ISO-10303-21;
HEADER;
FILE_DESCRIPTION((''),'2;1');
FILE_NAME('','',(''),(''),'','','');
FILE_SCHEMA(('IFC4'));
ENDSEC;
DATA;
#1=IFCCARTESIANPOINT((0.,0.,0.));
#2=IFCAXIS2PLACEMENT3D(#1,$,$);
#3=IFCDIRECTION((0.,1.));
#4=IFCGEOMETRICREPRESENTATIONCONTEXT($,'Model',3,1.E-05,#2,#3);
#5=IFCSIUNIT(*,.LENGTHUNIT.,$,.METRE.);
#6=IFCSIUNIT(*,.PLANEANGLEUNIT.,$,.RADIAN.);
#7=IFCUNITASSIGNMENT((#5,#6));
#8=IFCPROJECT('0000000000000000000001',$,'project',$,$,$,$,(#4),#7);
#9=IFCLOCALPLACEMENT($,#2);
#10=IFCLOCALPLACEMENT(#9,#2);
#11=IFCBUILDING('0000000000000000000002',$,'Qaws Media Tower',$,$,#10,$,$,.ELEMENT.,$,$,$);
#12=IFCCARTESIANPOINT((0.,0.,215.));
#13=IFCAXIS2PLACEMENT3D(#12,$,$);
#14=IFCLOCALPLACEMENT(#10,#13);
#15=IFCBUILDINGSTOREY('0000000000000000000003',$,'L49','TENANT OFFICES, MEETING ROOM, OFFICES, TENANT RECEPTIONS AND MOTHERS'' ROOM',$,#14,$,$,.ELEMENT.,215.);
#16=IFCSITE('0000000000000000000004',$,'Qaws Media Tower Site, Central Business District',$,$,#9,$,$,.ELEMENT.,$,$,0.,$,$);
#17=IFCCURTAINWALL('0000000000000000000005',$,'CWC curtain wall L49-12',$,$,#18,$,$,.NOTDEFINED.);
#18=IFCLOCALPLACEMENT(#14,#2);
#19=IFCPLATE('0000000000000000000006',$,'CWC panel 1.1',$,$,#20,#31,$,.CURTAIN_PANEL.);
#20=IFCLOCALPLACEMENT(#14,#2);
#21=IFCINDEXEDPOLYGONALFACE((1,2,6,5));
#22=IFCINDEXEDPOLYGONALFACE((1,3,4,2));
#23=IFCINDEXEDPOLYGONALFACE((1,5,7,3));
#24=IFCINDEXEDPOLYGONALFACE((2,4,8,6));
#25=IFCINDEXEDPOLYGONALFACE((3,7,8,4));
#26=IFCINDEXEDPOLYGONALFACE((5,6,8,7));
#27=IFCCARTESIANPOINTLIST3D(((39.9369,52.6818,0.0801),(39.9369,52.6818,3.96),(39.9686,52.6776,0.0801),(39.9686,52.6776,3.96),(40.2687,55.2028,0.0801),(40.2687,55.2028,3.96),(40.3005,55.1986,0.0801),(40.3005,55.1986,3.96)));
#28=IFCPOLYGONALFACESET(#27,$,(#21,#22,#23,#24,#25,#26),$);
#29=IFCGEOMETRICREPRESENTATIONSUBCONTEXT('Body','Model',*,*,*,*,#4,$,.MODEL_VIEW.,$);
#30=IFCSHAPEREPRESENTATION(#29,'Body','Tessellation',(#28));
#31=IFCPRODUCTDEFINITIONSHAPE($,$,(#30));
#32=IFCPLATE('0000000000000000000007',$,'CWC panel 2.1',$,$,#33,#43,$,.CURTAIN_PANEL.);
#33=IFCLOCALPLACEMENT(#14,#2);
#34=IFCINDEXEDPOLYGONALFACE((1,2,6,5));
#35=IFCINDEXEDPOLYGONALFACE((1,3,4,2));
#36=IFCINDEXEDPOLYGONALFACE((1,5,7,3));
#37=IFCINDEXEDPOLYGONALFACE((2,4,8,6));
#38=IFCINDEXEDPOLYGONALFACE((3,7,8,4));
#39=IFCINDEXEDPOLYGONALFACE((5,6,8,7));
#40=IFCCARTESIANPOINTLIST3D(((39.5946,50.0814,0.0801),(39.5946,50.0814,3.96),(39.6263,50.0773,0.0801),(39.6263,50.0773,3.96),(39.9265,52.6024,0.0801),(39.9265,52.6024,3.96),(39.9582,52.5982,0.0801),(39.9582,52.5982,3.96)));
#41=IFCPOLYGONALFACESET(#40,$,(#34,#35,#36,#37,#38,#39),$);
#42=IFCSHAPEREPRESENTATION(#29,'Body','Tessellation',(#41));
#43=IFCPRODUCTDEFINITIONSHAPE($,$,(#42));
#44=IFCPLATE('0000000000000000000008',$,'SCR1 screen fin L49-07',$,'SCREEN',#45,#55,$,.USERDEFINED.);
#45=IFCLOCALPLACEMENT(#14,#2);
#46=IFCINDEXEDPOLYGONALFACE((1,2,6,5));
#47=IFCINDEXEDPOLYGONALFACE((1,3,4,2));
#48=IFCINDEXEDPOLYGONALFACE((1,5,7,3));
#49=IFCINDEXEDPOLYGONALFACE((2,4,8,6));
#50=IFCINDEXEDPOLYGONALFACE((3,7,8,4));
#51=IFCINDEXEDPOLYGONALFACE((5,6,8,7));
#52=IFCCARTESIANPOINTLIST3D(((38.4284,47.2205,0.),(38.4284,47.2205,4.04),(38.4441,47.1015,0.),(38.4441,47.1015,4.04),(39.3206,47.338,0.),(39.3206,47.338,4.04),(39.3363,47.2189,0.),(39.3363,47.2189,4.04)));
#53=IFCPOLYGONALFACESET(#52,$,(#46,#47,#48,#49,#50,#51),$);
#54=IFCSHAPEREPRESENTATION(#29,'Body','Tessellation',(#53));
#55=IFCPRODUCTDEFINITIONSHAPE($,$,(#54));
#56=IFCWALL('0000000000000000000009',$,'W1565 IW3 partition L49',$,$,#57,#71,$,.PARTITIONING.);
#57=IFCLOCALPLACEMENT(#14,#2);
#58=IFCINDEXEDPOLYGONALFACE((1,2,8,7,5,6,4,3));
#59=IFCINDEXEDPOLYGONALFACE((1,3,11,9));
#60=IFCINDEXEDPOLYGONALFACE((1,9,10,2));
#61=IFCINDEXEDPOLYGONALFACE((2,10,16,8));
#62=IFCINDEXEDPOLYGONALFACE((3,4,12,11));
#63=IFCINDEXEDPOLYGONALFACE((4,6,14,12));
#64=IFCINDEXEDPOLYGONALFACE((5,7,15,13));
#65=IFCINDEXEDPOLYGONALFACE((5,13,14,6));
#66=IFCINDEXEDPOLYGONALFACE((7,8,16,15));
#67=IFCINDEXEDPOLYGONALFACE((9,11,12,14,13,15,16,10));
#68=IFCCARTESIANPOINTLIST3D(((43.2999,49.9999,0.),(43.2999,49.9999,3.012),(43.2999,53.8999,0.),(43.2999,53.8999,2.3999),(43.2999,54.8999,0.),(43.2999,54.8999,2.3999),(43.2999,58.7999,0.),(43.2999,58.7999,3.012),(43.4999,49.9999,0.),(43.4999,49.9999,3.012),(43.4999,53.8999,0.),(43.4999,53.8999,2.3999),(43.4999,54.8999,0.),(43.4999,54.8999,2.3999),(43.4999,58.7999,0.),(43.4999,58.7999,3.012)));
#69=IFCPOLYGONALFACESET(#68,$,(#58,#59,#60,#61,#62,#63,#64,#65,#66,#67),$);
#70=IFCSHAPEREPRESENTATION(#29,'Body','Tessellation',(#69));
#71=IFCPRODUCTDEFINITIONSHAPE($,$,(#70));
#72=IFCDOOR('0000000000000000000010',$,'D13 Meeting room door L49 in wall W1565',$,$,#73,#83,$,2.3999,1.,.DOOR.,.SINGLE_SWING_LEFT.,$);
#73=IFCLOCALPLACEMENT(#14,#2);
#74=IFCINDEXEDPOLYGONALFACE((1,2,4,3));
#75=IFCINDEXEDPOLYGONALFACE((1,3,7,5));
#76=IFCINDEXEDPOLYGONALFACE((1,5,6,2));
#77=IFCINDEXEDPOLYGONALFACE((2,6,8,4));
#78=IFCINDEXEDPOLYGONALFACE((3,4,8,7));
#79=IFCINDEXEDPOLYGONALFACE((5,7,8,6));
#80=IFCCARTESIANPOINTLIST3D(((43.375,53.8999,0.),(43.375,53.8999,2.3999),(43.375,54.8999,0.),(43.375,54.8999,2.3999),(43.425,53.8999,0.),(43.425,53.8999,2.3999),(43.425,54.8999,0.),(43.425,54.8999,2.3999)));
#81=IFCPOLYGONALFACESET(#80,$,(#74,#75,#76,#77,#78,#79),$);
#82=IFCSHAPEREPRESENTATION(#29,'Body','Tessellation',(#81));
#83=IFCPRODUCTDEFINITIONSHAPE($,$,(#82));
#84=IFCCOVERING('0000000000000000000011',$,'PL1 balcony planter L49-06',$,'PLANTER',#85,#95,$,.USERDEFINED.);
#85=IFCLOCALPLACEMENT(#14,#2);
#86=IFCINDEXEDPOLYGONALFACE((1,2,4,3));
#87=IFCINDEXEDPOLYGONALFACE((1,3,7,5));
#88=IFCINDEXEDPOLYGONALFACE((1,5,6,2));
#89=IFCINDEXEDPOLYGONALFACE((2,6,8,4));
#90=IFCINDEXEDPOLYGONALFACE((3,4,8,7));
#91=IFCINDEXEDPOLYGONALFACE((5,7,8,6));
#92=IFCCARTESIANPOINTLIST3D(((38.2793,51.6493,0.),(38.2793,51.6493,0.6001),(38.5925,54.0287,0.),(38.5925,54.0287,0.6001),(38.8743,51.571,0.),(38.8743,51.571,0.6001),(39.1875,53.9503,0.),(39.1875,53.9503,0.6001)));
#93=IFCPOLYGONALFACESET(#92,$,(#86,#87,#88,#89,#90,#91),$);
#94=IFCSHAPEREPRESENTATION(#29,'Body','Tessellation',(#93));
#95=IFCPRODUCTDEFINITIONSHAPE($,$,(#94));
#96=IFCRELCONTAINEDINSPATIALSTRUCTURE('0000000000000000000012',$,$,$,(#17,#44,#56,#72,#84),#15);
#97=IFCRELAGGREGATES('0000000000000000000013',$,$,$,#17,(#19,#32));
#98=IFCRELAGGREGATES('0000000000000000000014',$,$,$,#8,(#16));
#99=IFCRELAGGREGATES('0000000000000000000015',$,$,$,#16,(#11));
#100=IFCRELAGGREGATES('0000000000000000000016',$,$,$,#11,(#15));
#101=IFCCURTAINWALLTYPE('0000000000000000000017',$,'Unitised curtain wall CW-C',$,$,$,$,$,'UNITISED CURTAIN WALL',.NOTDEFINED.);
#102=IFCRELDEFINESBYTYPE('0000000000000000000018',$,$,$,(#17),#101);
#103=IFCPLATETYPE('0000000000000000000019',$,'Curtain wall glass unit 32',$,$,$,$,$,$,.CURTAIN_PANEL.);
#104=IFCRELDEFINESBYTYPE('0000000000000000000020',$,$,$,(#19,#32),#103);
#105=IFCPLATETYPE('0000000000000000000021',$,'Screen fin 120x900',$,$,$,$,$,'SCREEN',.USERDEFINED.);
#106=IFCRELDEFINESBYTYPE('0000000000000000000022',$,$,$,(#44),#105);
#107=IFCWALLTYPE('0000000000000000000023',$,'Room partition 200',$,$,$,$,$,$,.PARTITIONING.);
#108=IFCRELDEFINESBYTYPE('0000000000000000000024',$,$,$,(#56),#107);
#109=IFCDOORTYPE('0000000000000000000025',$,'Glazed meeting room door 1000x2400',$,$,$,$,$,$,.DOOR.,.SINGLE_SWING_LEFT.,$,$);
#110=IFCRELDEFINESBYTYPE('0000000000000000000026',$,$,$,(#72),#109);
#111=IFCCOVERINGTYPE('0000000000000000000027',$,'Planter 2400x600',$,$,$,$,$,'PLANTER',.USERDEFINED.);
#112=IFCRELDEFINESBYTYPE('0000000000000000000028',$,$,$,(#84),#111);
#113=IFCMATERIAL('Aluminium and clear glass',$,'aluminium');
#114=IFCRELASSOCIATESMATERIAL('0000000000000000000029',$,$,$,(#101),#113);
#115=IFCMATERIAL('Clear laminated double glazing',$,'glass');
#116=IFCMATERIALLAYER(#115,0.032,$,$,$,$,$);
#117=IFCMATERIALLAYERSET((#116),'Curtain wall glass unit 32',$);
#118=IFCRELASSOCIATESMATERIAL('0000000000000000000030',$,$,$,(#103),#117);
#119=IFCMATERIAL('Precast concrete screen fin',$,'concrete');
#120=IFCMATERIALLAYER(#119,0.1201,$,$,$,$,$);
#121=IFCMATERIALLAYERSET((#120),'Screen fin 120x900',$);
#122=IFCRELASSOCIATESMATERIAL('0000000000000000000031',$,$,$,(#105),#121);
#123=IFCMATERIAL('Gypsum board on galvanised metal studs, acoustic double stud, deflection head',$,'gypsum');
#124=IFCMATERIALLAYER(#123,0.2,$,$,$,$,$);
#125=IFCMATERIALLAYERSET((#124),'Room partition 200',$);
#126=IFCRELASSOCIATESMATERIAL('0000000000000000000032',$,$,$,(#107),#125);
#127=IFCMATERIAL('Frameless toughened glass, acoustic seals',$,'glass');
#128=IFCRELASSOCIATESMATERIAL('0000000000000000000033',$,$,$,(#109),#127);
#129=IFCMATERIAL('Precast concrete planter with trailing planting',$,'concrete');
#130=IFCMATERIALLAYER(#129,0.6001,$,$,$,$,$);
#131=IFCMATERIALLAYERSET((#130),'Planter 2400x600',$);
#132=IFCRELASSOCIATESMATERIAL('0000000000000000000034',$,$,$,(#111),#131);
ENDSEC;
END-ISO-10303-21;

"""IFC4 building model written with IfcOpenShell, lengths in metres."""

from ifc_helpers import new_model, si_unit, direction, frame, frame_2d, origin, origin_2d, place, context, subcontext, project, spatial, rectangle, extrude, material, layer, layer_set, type_object, element, fill, aggregate, save


model = new_model("IFC4")

# Units and contexts
model_context = context("Model", 3, precision=1e-05, world=origin(), true_north=direction((0.0, 1.0)))
body_context = subcontext(model_context, "Body", "Model", "MODEL_VIEW")
ifc_project = project(units=[si_unit("LENGTHUNIT", "METRE"), si_unit("PLANEANGLEUNIT", "RADIAN")], contexts=[model_context])

# Site, building, storey
site_placement = place(None, origin())
site = spatial("IfcSite", under=ifc_project, at=site_placement, Name="Qaws Media Tower Site, Central Business District", CompositionType="ELEMENT", RefElevation=0.0)
building_placement = place(site_placement, origin())
building = spatial("IfcBuilding", under=site, at=building_placement, Name="Qaws Media Tower", CompositionType="ELEMENT")
storey_placement = place(building_placement, frame((0.0, 0.0, 215.0)))
storey = spatial("IfcBuildingStorey", under=building, at=storey_placement, Name="L49", Description="TENANT OFFICES, MEETING ROOM, OFFICES, TENANT RECEPTIONS AND MOTHERS' ROOM", CompositionType="ELEMENT", Elevation=215.0)

# Shared definitions
ifc_material_1 = material(Name="Aluminium and clear glass", Category="aluminium")
curtain_wall_type = type_object("IfcCurtainWallType", Name="Unitised curtain wall CW-C", ElementType="UNITISED CURTAIN WALL", PredefinedType="NOTDEFINED", material=ifc_material_1)

# Curtain wall
curtain_wall_1_placement = place(storey_placement, origin())
curtain_wall_1 = element("IfcCurtainWall", 1, at=curtain_wall_1_placement, inside=storey, type_object=curtain_wall_type, Name="CWC curtain wall L49-12", PredefinedType="NOTDEFINED")

# Plates
ifc_material_2 = material(Name="Clear laminated double glazing", Category="glass")
ifc_layer_1 = layer(ifc_material_2, 0.032)
ifc_layer_set_1 = layer_set([ifc_layer_1], Name="Curtain wall glass unit 32")
plate_type_1 = type_object("IfcPlateType", Name="Curtain wall glass unit 32", PredefinedType="CURTAIN_PANEL", material=ifc_layer_set_1)
plate_1_placement = place(storey_placement, frame((40.1187, 53.9402, 0.0801), z_axis=(0.0, 0.0, 1.0), x_axis=(-0.130526, -0.991445, 0.0)))
plate_1 = element("IfcPlate", 2, at=plate_1_placement, type_object=plate_type_1, Name="CWC panel 1.1", PredefinedType="CURTAIN_PANEL", context=body_context, shape_type="SweptSolid", body=[
    extrude(rectangle(XDim=2.5427, YDim=0.032, at=origin_2d()), origin(), (0.0, 0.0, 1.0), 3.8799),
])
plate_2_placement = place(storey_placement, frame((39.7764, 51.3398, 0.0801), z_axis=(0.0, 0.0, 1.0), x_axis=(-0.130526, -0.991445, 0.0)))
plate_2 = element("IfcPlate", 3, at=plate_2_placement, type_object=plate_type_1, Name="CWC panel 2.1", PredefinedType="CURTAIN_PANEL", context=body_context, shape_type="SweptSolid", body=[
    extrude(rectangle(XDim=2.5427, YDim=0.032, at=origin_2d()), origin(), (0.0, 0.0, 1.0), 3.8799),
])
aggregate(curtain_wall_1, [plate_1, plate_2])
ifc_material_3 = material(Name="Precast concrete screen fin", Category="concrete")
ifc_layer_2 = layer(ifc_material_3, 0.1201)
ifc_layer_set_2 = layer_set([ifc_layer_2], Name="Screen fin 120x900")
plate_type_2 = type_object("IfcPlateType", Name="Screen fin 120x900", ElementType="SCREEN", PredefinedType="USERDEFINED", material=ifc_layer_set_2)
plate_3_placement = place(storey_placement, frame((38.8823, 47.2197, 0.0), z_axis=(0.0, 0.0, 1.0), x_axis=(-0.991445, -0.130526, 0.0)))
element("IfcPlate", 4, at=plate_3_placement, inside=storey, type_object=plate_type_2, Name="SCR1 screen fin L49-07", ObjectType="SCREEN", PredefinedType="USERDEFINED", context=body_context, shape_type="SweptSolid", body=[
    extrude(rectangle(XDim=0.8999, YDim=0.1201, at=origin_2d()), origin(), (0.0, 0.0, 1.0), 4.04),
])

# Wall, opening, door
ifc_material_4 = material(Name="Gypsum board on galvanised metal studs, acoustic double stud, deflection head", Category="gypsum")
ifc_layer_3 = layer(ifc_material_4, 0.2)
ifc_layer_set_3 = layer_set([ifc_layer_3], Name="Room partition 200")
wall_type_1 = type_object("IfcWallType", Name="Room partition 200", PredefinedType="PARTITIONING", material=ifc_layer_set_3)
wall_1_placement = place(storey_placement, frame((43.3999, 50.0, 0.0), z_axis=(0.0, 0.0, 1.0), x_axis=(0.0, 1.0, 0.0)))
wall_1 = element("IfcWall", 5, at=wall_1_placement, inside=storey, type_object=wall_type_1, Name="W1565 IW3 partition L49", PredefinedType="PARTITIONING", context=body_context, shape_type="SweptSolid", body=[
    extrude(rectangle(XDim=8.8, YDim=0.2, at=frame_2d((4.3999, 0.0))), origin(), (0.0, 0.0, 1.0), 3.012),
])
opening_1_placement = place(wall_1_placement, frame((3.8999, 0.0, 0.0)))
opening_1 = element("IfcOpeningElement", 6, at=opening_1_placement, cuts=wall_1, PredefinedType="OPENING", context=body_context, shape_type="SweptSolid", body=[
    extrude(rectangle(XDim=1.0, YDim=2.3999, at=frame_2d((0.5, 1.2))), frame((0.0, 0.1099, 0.0), z_axis=(0.0, -1.0, 0.0), x_axis=(1.0, 0.0, 0.0)), (0.0, 0.0, 1.0), 0.22),
])
ifc_material_5 = material(Name="Frameless toughened glass, acoustic seals", Category="glass")
door_type_1 = type_object("IfcDoorType", Name="Glazed meeting room door 1000x2400", OperationType="SINGLE_SWING_LEFT", PredefinedType="DOOR", material=ifc_material_5)
door_1_placement = place(opening_1_placement, origin())
door_1 = element("IfcDoor", 7, at=door_1_placement, inside=storey, type_object=door_type_1, Name="D13 Meeting room door L49 in wall W1565", OperationType="SINGLE_SWING_LEFT", OverallHeight=2.3999, OverallWidth=1.0, PredefinedType="DOOR", context=body_context, shape_type="SweptSolid", body=[
    extrude(rectangle(XDim=1.0, YDim=2.3999, at=frame_2d((0.5, 1.2))), frame((0.0, 0.0249, 0.0), z_axis=(0.0, -1.0, 0.0), x_axis=(1.0, 0.0, 0.0)), (0.0, 0.0, 1.0), 0.05),
])
fill(opening_1, door_1)

# Covering
ifc_material_6 = material(Name="Precast concrete planter with trailing planting", Category="concrete")
ifc_layer_4 = layer(ifc_material_6, 0.6001)
ifc_layer_set_4 = layer_set([ifc_layer_4], Name="Planter 2400x600")
covering_type = type_object("IfcCoveringType", Name="Planter 2400x600", ElementType="PLANTER", PredefinedType="USERDEFINED", material=ifc_layer_set_4)
covering_placement = place(storey_placement, frame((38.7334, 52.7998, 0.0), z_axis=(0.0, 0.0, 1.0), x_axis=(-0.130526, -0.991445, 0.0)))
element("IfcCovering", 8, at=covering_placement, inside=storey, type_object=covering_type, Name="PL1 balcony planter L49-06", ObjectType="PLANTER", PredefinedType="USERDEFINED", context=body_context, shape_type="SweptSolid", body=[
    extrude(rectangle(XDim=2.3999, YDim=0.6001, at=origin_2d()), origin(), (0.0, 0.0, 1.0), 0.6001),
])

save(model, "model.ifc")
